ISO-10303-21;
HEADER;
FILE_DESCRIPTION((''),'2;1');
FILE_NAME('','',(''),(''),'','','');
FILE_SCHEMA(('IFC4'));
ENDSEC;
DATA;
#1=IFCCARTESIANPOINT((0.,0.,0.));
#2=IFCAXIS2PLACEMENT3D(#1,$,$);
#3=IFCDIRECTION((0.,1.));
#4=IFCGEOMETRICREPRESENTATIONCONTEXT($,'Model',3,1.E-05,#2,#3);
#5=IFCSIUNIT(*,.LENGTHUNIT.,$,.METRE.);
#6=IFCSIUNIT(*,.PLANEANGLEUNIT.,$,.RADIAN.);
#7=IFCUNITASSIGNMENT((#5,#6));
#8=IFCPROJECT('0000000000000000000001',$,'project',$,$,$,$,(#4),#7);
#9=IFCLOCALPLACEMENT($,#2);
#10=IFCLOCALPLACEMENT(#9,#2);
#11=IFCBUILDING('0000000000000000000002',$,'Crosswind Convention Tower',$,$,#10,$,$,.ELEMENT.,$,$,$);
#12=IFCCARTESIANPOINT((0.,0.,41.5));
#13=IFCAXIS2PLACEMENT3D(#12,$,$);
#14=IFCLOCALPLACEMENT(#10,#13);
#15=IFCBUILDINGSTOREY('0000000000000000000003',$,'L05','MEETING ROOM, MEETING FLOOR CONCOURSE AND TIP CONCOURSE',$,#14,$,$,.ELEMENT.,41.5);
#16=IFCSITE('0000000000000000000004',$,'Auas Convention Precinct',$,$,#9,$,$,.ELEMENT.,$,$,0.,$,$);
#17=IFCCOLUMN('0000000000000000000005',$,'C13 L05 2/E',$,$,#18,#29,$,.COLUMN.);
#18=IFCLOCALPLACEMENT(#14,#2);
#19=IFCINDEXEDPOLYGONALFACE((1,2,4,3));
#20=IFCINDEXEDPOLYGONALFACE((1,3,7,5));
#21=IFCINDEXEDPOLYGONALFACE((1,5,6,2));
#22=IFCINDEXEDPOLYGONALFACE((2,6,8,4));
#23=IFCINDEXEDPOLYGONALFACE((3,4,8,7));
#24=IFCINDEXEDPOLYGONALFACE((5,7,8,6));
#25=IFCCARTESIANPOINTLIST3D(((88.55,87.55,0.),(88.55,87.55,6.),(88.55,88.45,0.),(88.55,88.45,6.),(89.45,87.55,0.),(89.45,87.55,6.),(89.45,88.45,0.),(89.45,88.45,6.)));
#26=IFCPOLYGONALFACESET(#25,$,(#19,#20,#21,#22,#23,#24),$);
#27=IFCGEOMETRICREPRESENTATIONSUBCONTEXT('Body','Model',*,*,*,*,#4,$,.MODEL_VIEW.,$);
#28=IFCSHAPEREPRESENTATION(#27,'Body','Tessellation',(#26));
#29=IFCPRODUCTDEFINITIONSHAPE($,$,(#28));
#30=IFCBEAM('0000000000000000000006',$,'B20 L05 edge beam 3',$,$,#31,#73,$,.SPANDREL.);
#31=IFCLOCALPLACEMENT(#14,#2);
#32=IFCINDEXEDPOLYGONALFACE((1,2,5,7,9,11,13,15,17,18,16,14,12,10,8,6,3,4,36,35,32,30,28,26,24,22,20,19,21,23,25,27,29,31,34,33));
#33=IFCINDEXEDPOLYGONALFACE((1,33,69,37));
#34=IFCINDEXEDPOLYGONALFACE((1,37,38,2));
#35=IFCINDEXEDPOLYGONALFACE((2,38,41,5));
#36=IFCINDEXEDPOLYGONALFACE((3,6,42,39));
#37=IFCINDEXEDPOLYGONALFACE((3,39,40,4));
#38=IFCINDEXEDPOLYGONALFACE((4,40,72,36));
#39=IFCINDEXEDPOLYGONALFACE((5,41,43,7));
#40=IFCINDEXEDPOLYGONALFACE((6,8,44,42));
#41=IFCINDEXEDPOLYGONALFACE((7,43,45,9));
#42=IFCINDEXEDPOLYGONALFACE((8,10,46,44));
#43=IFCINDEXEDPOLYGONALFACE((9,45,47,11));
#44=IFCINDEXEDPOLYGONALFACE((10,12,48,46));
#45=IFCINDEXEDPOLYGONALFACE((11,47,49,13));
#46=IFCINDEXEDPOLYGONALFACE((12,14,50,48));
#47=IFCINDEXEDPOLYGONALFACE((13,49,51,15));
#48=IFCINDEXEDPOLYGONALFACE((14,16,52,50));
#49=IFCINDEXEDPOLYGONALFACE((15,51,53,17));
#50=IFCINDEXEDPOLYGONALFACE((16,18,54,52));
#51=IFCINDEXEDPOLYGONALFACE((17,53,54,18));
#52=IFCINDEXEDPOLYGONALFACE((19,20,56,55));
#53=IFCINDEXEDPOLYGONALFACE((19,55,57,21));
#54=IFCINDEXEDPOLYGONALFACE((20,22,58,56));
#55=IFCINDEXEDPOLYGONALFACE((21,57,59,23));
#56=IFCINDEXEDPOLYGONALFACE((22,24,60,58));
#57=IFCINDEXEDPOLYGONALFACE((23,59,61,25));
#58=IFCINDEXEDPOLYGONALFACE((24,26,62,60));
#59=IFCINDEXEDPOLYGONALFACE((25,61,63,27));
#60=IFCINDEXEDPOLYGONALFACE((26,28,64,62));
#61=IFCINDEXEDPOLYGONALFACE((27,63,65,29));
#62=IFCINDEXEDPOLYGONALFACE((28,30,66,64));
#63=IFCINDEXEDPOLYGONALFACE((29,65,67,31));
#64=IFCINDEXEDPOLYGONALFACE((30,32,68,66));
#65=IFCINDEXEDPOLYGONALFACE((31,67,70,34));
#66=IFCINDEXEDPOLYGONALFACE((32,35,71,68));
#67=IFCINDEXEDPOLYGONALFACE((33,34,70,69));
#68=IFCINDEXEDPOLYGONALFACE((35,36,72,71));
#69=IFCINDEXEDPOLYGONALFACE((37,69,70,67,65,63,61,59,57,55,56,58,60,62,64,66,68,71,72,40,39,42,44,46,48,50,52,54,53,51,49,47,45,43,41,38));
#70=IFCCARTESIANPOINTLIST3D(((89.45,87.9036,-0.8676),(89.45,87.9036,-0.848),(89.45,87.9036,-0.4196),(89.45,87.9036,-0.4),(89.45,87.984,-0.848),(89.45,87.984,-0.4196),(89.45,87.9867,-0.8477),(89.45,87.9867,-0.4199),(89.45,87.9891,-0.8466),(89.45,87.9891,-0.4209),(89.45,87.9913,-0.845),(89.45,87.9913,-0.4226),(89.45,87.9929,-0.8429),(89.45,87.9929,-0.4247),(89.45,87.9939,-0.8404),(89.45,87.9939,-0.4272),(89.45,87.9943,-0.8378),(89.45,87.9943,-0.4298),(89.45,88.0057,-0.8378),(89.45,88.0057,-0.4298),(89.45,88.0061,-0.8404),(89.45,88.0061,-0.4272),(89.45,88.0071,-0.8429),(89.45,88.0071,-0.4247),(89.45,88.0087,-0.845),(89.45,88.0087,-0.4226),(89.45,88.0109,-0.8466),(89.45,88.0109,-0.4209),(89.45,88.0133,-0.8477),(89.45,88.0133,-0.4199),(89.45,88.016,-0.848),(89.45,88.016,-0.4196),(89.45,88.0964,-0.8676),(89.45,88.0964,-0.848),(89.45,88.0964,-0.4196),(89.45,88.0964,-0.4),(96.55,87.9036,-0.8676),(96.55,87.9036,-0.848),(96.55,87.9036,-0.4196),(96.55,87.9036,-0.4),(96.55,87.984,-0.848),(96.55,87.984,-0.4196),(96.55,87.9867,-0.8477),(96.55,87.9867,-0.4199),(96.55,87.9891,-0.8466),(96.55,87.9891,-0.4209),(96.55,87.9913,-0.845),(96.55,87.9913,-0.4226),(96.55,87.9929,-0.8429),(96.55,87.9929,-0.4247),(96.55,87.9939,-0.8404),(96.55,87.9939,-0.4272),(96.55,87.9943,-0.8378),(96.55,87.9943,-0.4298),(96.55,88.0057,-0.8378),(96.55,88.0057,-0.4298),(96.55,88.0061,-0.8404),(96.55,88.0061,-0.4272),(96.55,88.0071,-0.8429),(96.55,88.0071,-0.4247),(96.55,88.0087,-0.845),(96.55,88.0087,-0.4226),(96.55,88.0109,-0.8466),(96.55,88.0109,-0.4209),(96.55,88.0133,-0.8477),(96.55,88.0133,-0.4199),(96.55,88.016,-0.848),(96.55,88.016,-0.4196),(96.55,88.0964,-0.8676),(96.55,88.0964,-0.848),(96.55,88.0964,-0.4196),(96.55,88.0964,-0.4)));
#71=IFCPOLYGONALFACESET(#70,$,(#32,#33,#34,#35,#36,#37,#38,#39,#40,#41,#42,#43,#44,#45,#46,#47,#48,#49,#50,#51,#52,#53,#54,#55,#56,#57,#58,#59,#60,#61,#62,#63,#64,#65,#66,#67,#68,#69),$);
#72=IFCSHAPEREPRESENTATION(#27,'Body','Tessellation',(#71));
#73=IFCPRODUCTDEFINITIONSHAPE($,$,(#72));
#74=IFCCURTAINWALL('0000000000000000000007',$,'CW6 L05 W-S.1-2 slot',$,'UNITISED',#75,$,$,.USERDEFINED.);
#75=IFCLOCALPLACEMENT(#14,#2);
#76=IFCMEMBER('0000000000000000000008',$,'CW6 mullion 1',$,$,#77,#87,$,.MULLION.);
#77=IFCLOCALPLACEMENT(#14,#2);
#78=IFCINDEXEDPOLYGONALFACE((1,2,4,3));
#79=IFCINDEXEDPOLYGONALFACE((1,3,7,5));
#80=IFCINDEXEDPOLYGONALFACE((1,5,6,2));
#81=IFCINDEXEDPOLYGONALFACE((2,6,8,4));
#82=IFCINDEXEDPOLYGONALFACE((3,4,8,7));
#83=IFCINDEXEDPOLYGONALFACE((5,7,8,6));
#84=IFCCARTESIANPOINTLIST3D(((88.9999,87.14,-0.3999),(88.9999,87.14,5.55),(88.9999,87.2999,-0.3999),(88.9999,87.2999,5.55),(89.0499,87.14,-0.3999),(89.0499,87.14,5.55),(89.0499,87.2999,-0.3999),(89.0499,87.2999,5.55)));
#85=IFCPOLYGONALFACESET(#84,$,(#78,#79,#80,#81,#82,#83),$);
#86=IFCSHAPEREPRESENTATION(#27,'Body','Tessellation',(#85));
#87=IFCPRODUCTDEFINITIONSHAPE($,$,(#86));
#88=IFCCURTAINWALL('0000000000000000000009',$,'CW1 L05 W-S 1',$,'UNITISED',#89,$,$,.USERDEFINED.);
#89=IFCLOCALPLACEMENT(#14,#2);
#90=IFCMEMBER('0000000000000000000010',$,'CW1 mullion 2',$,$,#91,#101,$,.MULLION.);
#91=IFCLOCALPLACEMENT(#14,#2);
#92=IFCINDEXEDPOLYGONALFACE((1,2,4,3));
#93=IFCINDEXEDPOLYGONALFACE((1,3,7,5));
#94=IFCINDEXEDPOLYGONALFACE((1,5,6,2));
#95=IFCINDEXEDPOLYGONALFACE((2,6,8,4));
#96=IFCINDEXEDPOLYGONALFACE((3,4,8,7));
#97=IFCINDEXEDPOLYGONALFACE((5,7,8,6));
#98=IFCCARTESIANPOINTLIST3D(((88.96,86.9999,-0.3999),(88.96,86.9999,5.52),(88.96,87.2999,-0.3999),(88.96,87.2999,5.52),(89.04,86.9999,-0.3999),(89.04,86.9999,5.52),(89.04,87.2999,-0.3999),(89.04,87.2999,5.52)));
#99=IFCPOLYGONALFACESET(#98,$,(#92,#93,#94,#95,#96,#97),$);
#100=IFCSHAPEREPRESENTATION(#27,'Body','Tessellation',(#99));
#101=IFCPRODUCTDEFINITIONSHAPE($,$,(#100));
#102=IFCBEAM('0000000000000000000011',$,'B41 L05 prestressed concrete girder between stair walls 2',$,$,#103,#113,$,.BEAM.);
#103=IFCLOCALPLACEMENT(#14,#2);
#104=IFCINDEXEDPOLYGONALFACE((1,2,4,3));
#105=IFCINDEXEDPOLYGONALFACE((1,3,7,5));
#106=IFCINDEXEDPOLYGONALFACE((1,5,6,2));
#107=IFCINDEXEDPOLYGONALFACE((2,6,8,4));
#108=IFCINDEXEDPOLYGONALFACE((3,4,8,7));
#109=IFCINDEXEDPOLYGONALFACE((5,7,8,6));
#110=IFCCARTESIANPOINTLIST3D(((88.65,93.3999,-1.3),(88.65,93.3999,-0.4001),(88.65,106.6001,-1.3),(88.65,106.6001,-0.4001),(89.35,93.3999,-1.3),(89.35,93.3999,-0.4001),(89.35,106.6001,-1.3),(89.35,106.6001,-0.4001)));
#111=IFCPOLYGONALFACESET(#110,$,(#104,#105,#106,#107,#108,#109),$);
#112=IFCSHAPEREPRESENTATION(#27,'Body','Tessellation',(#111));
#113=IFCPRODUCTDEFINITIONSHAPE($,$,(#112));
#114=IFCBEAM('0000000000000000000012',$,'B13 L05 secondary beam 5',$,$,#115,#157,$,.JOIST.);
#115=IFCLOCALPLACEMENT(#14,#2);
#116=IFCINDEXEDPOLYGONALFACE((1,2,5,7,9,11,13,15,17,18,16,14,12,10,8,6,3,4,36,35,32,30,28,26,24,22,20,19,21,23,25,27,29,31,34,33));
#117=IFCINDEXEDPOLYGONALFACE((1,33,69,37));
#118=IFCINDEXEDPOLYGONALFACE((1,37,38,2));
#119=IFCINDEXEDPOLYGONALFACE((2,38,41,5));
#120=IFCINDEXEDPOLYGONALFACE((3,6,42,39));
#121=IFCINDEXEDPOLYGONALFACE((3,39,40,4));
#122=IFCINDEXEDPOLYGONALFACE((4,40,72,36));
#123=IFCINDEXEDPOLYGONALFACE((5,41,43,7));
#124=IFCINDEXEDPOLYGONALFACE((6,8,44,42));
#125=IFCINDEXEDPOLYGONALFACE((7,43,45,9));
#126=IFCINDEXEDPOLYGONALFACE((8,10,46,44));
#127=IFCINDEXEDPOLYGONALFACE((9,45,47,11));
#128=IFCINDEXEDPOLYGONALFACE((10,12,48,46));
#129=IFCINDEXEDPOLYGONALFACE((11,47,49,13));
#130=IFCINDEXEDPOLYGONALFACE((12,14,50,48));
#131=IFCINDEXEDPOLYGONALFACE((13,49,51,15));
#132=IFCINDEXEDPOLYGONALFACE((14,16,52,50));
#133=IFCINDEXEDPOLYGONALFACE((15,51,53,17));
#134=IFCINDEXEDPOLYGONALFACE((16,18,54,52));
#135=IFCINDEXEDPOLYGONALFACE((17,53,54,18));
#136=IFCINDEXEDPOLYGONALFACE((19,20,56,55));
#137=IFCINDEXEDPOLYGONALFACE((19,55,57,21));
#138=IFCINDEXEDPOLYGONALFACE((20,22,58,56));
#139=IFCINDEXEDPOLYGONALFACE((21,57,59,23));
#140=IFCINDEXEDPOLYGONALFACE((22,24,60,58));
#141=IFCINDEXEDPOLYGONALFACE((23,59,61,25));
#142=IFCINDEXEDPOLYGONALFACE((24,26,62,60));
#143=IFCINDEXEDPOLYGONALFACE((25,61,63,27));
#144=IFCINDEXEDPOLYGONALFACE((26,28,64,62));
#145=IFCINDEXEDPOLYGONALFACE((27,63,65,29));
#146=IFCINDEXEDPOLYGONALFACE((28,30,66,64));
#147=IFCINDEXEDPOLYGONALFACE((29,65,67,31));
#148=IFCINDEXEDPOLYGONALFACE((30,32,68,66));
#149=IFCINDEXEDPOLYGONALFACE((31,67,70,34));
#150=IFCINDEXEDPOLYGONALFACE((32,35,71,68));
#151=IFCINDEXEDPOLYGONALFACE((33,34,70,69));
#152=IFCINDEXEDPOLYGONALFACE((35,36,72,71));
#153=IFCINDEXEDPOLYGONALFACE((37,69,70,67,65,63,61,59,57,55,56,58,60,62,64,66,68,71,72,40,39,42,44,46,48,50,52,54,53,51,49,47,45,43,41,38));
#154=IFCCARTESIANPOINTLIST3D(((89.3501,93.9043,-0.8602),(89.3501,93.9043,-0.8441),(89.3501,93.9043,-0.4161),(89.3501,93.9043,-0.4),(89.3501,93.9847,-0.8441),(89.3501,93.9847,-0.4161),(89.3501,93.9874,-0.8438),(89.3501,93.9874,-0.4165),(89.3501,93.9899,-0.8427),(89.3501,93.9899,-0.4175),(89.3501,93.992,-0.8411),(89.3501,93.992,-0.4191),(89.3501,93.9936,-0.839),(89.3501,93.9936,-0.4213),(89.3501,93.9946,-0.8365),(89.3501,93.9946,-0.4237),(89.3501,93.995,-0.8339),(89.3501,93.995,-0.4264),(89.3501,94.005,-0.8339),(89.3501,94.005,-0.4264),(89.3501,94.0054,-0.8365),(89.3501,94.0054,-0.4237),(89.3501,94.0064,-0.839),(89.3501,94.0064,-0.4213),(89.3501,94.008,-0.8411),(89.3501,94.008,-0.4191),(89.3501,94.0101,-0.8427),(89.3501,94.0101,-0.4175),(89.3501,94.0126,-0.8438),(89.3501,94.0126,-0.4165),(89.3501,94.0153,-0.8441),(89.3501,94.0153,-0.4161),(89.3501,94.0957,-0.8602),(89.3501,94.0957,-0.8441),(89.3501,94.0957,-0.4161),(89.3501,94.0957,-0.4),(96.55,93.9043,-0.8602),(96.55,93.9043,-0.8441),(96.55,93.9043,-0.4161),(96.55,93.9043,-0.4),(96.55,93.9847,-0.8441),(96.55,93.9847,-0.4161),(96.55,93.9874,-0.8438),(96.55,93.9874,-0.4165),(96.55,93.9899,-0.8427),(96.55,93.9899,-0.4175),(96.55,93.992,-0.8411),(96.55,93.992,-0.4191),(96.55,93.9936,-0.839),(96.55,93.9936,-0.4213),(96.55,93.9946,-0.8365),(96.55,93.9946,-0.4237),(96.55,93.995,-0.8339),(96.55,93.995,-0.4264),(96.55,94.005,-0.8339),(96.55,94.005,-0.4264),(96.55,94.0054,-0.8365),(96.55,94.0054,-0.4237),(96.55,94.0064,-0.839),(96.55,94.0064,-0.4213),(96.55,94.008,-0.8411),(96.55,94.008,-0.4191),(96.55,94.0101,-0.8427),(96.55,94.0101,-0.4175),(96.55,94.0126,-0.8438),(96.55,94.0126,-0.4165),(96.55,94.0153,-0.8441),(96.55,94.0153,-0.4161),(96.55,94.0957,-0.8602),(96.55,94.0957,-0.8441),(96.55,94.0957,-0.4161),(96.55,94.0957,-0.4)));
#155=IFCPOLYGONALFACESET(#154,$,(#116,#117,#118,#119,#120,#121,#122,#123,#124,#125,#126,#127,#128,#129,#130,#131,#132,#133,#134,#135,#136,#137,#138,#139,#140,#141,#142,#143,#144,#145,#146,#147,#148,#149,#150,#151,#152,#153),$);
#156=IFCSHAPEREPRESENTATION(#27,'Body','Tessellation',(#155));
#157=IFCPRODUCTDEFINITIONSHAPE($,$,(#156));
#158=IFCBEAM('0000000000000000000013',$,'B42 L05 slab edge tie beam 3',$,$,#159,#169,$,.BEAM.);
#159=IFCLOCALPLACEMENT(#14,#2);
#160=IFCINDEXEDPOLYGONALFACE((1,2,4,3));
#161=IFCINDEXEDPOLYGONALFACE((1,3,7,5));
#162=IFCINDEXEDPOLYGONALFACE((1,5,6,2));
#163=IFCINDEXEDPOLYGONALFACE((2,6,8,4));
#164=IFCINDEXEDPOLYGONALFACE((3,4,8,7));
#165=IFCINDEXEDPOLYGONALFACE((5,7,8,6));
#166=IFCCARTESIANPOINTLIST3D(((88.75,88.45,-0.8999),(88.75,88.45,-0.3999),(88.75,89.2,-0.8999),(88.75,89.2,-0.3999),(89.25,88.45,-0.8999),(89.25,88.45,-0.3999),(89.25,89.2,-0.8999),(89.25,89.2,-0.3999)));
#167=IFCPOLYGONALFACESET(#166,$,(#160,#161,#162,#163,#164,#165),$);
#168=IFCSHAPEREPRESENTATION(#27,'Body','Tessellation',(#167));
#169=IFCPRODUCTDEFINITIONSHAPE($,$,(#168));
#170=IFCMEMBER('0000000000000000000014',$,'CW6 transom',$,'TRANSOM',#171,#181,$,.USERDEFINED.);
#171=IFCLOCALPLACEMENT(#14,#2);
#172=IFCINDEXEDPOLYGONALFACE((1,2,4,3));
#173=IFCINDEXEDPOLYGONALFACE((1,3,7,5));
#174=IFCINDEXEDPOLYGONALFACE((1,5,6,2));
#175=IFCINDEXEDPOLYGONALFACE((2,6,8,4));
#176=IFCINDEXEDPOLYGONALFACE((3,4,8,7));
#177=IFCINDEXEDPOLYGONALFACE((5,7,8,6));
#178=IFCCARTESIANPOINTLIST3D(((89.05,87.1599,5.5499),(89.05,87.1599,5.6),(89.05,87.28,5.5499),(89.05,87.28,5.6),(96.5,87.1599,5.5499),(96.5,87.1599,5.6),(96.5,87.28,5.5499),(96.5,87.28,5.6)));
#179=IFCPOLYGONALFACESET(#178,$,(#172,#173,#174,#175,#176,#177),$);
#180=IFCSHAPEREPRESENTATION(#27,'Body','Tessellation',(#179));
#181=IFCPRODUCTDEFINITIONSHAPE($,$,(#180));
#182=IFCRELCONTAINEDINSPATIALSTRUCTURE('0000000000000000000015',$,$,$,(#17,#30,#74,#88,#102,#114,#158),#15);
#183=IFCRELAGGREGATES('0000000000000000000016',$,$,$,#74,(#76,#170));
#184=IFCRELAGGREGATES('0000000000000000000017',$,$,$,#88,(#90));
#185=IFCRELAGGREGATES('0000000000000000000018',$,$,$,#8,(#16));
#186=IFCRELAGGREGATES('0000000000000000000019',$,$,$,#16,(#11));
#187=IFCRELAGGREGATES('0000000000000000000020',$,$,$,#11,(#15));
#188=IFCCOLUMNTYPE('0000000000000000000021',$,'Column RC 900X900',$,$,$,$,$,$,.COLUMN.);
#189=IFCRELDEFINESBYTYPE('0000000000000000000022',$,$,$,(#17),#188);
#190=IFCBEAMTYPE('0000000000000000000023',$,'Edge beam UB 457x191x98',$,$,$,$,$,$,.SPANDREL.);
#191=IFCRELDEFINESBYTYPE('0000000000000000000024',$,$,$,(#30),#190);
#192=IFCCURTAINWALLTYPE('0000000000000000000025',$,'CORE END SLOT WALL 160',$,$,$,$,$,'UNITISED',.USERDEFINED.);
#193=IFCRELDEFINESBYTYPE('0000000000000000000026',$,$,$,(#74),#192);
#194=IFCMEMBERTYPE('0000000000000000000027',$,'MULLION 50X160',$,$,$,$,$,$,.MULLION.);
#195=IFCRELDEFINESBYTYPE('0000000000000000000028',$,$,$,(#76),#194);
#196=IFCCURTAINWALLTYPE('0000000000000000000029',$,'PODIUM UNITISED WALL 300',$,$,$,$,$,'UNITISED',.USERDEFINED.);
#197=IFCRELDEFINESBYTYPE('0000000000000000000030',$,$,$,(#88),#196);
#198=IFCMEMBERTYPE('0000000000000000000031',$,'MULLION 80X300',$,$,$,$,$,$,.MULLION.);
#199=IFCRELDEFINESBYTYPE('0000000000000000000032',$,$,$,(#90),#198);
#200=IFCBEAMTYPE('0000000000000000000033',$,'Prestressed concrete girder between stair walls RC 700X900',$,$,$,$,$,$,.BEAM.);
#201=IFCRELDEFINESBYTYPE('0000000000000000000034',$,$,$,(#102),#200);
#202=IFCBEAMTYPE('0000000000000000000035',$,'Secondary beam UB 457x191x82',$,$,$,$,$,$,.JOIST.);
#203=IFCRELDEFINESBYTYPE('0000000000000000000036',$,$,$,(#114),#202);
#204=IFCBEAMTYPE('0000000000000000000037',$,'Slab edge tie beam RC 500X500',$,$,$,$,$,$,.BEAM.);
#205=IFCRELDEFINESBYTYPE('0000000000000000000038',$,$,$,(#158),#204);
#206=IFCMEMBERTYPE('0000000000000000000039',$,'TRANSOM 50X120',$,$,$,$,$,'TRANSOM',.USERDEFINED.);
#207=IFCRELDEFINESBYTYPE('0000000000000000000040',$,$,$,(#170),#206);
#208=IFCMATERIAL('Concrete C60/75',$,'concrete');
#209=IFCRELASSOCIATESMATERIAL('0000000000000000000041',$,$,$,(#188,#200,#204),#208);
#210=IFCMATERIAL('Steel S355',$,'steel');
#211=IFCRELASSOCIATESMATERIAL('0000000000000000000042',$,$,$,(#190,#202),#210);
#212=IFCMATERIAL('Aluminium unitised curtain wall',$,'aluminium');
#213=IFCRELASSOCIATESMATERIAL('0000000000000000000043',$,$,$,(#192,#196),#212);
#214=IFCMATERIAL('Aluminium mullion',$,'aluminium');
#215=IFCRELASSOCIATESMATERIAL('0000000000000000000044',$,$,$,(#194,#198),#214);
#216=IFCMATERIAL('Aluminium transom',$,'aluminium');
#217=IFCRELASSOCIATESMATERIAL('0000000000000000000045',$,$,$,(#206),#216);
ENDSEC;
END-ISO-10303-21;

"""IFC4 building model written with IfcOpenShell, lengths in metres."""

from ifc_helpers import new_model, si_unit, direction, frame, origin, origin_2d, place, context, subcontext, project, spatial, rectangle, i_section, extrude, material, material_profile, profile_set, type_object, element, aggregate, save


model = new_model("IFC4")

# Units and contexts
model_context = context("Model", 3, precision=1e-05, world=origin(), true_north=direction((0.0, 1.0)))
body_context = subcontext(model_context, "Body", "Model", "MODEL_VIEW")
ifc_project = project(units=[si_unit("LENGTHUNIT", "METRE"), si_unit("PLANEANGLEUNIT", "RADIAN")], contexts=[model_context])

# Site, building, storey
site_placement = place(None, origin())
site = spatial("IfcSite", under=ifc_project, at=site_placement, Name="Auas Convention Precinct", CompositionType="ELEMENT", RefElevation=0.0)
building_placement = place(site_placement, origin())
building = spatial("IfcBuilding", under=site, at=building_placement, Name="Crosswind Convention Tower", CompositionType="ELEMENT")
storey_placement = place(building_placement, frame((0.0, 0.0, 41.5)))
storey = spatial("IfcBuildingStorey", under=building, at=storey_placement, Name="L05", Description="MEETING ROOM, MEETING FLOOR CONCOURSE AND TIP CONCOURSE", CompositionType="ELEMENT", Elevation=41.5)

# Column
ifc_material_1 = material(Name="Concrete C60/75", Category="concrete")
ifc_material_profile_1 = material_profile(ifc_material_1, rectangle(XDim=0.8999, YDim=0.8999, at=origin_2d()), Name="RC 900X900")
ifc_profile_set_1 = profile_set([ifc_material_profile_1], Name="Concrete C60/75")
column_type = type_object("IfcColumnType", Name="Column RC 900X900", PredefinedType="COLUMN", material=ifc_profile_set_1)
column_placement = place(storey_placement, frame((89.0, 88.0, 0.0), z_axis=(0.0, 0.0, 1.0), x_axis=(1.0, 0.0, 0.0)))
element("IfcColumn", 1, at=column_placement, inside=storey, type_object=column_type, Name="C13 L05 2/E", PredefinedType="COLUMN", context=body_context, shape_type="SweptSolid", body=[
    extrude(rectangle(XDim=0.8999, YDim=0.8999, at=origin_2d()), origin(), (0.0, 0.0, 1.0), 6.0),
])

# Beam
ifc_material_2 = material(Name="Steel S355", Category="steel")
ifc_material_profile_2 = material_profile(ifc_material_2, i_section(OverallWidth=0.1929, OverallDepth=0.4675, WebThickness=0.0115, FlangeThickness=0.0195, FilletRadius=0.0103, at=origin_2d()), Name="UB 457x191x98")
ifc_profile_set_2 = profile_set([ifc_material_profile_2], Name="Steel S355")
beam_type_1 = type_object("IfcBeamType", Name="Edge beam UB 457x191x98", PredefinedType="SPANDREL", material=ifc_profile_set_2)
beam_1_placement = place(storey_placement, frame((89.45, 88.0, -0.6338), z_axis=(1.0, 0.0, 0.0), x_axis=(0.0, 1.0, 0.0)))
element("IfcBeam", 2, at=beam_1_placement, inside=storey, type_object=beam_type_1, Name="B20 L05 edge beam 3", PredefinedType="SPANDREL", context=body_context, shape_type="SweptSolid", body=[
    extrude(i_section(OverallWidth=0.1929, OverallDepth=0.4675, WebThickness=0.0115, FlangeThickness=0.0195, FilletRadius=0.0103, at=origin_2d()), origin(), (0.0, 0.0, 1.0), 7.1001),
])

# Curtain walls, members
ifc_material_3 = material(Name="Aluminium unitised curtain wall", Category="aluminium")
curtain_wall_type_1 = type_object("IfcCurtainWallType", Name="CORE END SLOT WALL 160", ElementType="UNITISED", PredefinedType="USERDEFINED", material=ifc_material_3)
curtain_wall_1_placement = place(storey_placement, origin())
curtain_wall_1 = element("IfcCurtainWall", 3, at=curtain_wall_1_placement, inside=storey, type_object=curtain_wall_type_1, Name="CW6 L05 W-S.1-2 slot", ObjectType="UNITISED", PredefinedType="USERDEFINED")
ifc_material_4 = material(Name="Aluminium mullion", Category="aluminium")
ifc_material_profile_3 = material_profile(ifc_material_4, rectangle(XDim=0.1599, YDim=0.05, at=origin_2d()), Name="AL 160X50")
ifc_profile_set_3 = profile_set([ifc_material_profile_3], Name="Aluminium mullion")
member_type_1 = type_object("IfcMemberType", Name="MULLION 50X160", PredefinedType="MULLION", material=ifc_profile_set_3)
member_1_placement = place(storey_placement, frame((89.0249, 87.22, -0.3999), z_axis=(0.0, 0.0, 1.0), x_axis=(0.0, -1.0, 0.0)))
member_1 = element("IfcMember", 4, at=member_1_placement, type_object=member_type_1, Name="CW6 mullion 1", PredefinedType="MULLION", context=body_context, shape_type="SweptSolid", body=[
    extrude(rectangle(XDim=0.1599, YDim=0.05, at=origin_2d()), origin(), (0.0, 0.0, 1.0), 5.95),
])
curtain_wall_type_2 = type_object("IfcCurtainWallType", Name="PODIUM UNITISED WALL 300", ElementType="UNITISED", PredefinedType="USERDEFINED", material=ifc_material_3)
curtain_wall_2_placement = place(storey_placement, origin())
curtain_wall_2 = element("IfcCurtainWall", 5, at=curtain_wall_2_placement, inside=storey, type_object=curtain_wall_type_2, Name="CW1 L05 W-S 1", ObjectType="UNITISED", PredefinedType="USERDEFINED")
ifc_material_profile_4 = material_profile(ifc_material_4, rectangle(XDim=0.3, YDim=0.0801, at=origin_2d()), Name="AL 300X80")
ifc_profile_set_4 = profile_set([ifc_material_profile_4], Name="Aluminium mullion")
member_type_2 = type_object("IfcMemberType", Name="MULLION 80X300", PredefinedType="MULLION", material=ifc_profile_set_4)
member_2_placement = place(storey_placement, frame((89.0, 87.1499, -0.3999), z_axis=(0.0, 0.0, 1.0), x_axis=(0.0, -1.0, 0.0)))
member_2 = element("IfcMember", 6, at=member_2_placement, type_object=member_type_2, Name="CW1 mullion 2", PredefinedType="MULLION", context=body_context, shape_type="SweptSolid", body=[
    extrude(rectangle(XDim=0.3, YDim=0.0801, at=origin_2d()), origin(), (0.0, 0.0, 1.0), 5.9199),
])

# Beams
ifc_material_profile_5 = material_profile(ifc_material_1, rectangle(XDim=0.7, YDim=0.8999, at=origin_2d()), Name="RC 700X900")
ifc_profile_set_5 = profile_set([ifc_material_profile_5], Name="Concrete C60/75")
beam_type_2 = type_object("IfcBeamType", Name="Prestressed concrete girder between stair walls RC 700X900", PredefinedType="BEAM", material=ifc_profile_set_5)
beam_2_placement = place(storey_placement, frame((89.0, 93.3999, -0.8501), z_axis=(0.0, 1.0, 0.0), x_axis=(-1.0, 0.0, 0.0)))
element("IfcBeam", 7, at=beam_2_placement, inside=storey, type_object=beam_type_2, Name="B41 L05 prestressed concrete girder between stair walls 2", PredefinedType="BEAM", context=body_context, shape_type="SweptSolid", body=[
    extrude(rectangle(XDim=0.7, YDim=0.8999, at=origin_2d()), origin(), (0.0, 0.0, 1.0), 13.2002),
])
ifc_material_profile_6 = material_profile(ifc_material_2, i_section(OverallWidth=0.1914, OverallDepth=0.4602, WebThickness=0.01, FlangeThickness=0.0161, FilletRadius=0.0103, at=origin_2d()), Name="UB 457x191x82")
ifc_profile_set_6 = profile_set([ifc_material_profile_6], Name="Steel S355")
beam_type_3 = type_object("IfcBeamType", Name="Secondary beam UB 457x191x82", PredefinedType="JOIST", material=ifc_profile_set_6)
beam_3_placement = place(storey_placement, frame((89.3501, 94.0, -0.6301), z_axis=(1.0, 0.0, 0.0), x_axis=(0.0, 1.0, 0.0)))
element("IfcBeam", 8, at=beam_3_placement, inside=storey, type_object=beam_type_3, Name="B13 L05 secondary beam 5", PredefinedType="JOIST", context=body_context, shape_type="SweptSolid", body=[
    extrude(i_section(OverallWidth=0.1914, OverallDepth=0.4602, WebThickness=0.01, FlangeThickness=0.0161, FilletRadius=0.0103, at=origin_2d()), origin(), (0.0, 0.0, 1.0), 7.2),
])
ifc_material_profile_7 = material_profile(ifc_material_1, rectangle(XDim=0.5, YDim=0.5, at=origin_2d()), Name="RC 500X500")
ifc_profile_set_7 = profile_set([ifc_material_profile_7], Name="Concrete C60/75")
beam_type_4 = type_object("IfcBeamType", Name="Slab edge tie beam RC 500X500", PredefinedType="BEAM", material=ifc_profile_set_7)
beam_4_placement = place(storey_placement, frame((89.0, 88.45, -0.6499), z_axis=(0.0, 1.0, 0.0), x_axis=(-1.0, 0.0, 0.0)))
element("IfcBeam", 9, at=beam_4_placement, inside=storey, type_object=beam_type_4, Name="B42 L05 slab edge tie beam 3", PredefinedType="BEAM", context=body_context, shape_type="SweptSolid", body=[
    extrude(rectangle(XDim=0.5, YDim=0.5, at=origin_2d()), origin(), (0.0, 0.0, 1.0), 0.75),
])

# Member
ifc_material_5 = material(Name="Aluminium transom", Category="aluminium")
ifc_material_profile_8 = material_profile(ifc_material_5, rectangle(XDim=0.1201, YDim=0.05, at=origin_2d()), Name="AL 120X50")
ifc_profile_set_8 = profile_set([ifc_material_profile_8], Name="Aluminium transom")
member_type_3 = type_object("IfcMemberType", Name="TRANSOM 50X120", ElementType="TRANSOM", PredefinedType="USERDEFINED", material=ifc_profile_set_8)
member_3_placement = place(storey_placement, frame((89.05, 87.22, 5.575), z_axis=(1.0, 0.0, 0.0), x_axis=(0.0, 1.0, 0.0)))
member_3 = element("IfcMember", 10, at=member_3_placement, type_object=member_type_3, Name="CW6 transom", ObjectType="TRANSOM", PredefinedType="USERDEFINED", context=body_context, shape_type="SweptSolid", body=[
    extrude(rectangle(XDim=0.1201, YDim=0.05, at=origin_2d()), origin(), (0.0, 0.0, 1.0), 7.45),
])

aggregate(curtain_wall_1, [member_1, member_3])
aggregate(curtain_wall_2, [member_2])

save(model, "model.ifc")
